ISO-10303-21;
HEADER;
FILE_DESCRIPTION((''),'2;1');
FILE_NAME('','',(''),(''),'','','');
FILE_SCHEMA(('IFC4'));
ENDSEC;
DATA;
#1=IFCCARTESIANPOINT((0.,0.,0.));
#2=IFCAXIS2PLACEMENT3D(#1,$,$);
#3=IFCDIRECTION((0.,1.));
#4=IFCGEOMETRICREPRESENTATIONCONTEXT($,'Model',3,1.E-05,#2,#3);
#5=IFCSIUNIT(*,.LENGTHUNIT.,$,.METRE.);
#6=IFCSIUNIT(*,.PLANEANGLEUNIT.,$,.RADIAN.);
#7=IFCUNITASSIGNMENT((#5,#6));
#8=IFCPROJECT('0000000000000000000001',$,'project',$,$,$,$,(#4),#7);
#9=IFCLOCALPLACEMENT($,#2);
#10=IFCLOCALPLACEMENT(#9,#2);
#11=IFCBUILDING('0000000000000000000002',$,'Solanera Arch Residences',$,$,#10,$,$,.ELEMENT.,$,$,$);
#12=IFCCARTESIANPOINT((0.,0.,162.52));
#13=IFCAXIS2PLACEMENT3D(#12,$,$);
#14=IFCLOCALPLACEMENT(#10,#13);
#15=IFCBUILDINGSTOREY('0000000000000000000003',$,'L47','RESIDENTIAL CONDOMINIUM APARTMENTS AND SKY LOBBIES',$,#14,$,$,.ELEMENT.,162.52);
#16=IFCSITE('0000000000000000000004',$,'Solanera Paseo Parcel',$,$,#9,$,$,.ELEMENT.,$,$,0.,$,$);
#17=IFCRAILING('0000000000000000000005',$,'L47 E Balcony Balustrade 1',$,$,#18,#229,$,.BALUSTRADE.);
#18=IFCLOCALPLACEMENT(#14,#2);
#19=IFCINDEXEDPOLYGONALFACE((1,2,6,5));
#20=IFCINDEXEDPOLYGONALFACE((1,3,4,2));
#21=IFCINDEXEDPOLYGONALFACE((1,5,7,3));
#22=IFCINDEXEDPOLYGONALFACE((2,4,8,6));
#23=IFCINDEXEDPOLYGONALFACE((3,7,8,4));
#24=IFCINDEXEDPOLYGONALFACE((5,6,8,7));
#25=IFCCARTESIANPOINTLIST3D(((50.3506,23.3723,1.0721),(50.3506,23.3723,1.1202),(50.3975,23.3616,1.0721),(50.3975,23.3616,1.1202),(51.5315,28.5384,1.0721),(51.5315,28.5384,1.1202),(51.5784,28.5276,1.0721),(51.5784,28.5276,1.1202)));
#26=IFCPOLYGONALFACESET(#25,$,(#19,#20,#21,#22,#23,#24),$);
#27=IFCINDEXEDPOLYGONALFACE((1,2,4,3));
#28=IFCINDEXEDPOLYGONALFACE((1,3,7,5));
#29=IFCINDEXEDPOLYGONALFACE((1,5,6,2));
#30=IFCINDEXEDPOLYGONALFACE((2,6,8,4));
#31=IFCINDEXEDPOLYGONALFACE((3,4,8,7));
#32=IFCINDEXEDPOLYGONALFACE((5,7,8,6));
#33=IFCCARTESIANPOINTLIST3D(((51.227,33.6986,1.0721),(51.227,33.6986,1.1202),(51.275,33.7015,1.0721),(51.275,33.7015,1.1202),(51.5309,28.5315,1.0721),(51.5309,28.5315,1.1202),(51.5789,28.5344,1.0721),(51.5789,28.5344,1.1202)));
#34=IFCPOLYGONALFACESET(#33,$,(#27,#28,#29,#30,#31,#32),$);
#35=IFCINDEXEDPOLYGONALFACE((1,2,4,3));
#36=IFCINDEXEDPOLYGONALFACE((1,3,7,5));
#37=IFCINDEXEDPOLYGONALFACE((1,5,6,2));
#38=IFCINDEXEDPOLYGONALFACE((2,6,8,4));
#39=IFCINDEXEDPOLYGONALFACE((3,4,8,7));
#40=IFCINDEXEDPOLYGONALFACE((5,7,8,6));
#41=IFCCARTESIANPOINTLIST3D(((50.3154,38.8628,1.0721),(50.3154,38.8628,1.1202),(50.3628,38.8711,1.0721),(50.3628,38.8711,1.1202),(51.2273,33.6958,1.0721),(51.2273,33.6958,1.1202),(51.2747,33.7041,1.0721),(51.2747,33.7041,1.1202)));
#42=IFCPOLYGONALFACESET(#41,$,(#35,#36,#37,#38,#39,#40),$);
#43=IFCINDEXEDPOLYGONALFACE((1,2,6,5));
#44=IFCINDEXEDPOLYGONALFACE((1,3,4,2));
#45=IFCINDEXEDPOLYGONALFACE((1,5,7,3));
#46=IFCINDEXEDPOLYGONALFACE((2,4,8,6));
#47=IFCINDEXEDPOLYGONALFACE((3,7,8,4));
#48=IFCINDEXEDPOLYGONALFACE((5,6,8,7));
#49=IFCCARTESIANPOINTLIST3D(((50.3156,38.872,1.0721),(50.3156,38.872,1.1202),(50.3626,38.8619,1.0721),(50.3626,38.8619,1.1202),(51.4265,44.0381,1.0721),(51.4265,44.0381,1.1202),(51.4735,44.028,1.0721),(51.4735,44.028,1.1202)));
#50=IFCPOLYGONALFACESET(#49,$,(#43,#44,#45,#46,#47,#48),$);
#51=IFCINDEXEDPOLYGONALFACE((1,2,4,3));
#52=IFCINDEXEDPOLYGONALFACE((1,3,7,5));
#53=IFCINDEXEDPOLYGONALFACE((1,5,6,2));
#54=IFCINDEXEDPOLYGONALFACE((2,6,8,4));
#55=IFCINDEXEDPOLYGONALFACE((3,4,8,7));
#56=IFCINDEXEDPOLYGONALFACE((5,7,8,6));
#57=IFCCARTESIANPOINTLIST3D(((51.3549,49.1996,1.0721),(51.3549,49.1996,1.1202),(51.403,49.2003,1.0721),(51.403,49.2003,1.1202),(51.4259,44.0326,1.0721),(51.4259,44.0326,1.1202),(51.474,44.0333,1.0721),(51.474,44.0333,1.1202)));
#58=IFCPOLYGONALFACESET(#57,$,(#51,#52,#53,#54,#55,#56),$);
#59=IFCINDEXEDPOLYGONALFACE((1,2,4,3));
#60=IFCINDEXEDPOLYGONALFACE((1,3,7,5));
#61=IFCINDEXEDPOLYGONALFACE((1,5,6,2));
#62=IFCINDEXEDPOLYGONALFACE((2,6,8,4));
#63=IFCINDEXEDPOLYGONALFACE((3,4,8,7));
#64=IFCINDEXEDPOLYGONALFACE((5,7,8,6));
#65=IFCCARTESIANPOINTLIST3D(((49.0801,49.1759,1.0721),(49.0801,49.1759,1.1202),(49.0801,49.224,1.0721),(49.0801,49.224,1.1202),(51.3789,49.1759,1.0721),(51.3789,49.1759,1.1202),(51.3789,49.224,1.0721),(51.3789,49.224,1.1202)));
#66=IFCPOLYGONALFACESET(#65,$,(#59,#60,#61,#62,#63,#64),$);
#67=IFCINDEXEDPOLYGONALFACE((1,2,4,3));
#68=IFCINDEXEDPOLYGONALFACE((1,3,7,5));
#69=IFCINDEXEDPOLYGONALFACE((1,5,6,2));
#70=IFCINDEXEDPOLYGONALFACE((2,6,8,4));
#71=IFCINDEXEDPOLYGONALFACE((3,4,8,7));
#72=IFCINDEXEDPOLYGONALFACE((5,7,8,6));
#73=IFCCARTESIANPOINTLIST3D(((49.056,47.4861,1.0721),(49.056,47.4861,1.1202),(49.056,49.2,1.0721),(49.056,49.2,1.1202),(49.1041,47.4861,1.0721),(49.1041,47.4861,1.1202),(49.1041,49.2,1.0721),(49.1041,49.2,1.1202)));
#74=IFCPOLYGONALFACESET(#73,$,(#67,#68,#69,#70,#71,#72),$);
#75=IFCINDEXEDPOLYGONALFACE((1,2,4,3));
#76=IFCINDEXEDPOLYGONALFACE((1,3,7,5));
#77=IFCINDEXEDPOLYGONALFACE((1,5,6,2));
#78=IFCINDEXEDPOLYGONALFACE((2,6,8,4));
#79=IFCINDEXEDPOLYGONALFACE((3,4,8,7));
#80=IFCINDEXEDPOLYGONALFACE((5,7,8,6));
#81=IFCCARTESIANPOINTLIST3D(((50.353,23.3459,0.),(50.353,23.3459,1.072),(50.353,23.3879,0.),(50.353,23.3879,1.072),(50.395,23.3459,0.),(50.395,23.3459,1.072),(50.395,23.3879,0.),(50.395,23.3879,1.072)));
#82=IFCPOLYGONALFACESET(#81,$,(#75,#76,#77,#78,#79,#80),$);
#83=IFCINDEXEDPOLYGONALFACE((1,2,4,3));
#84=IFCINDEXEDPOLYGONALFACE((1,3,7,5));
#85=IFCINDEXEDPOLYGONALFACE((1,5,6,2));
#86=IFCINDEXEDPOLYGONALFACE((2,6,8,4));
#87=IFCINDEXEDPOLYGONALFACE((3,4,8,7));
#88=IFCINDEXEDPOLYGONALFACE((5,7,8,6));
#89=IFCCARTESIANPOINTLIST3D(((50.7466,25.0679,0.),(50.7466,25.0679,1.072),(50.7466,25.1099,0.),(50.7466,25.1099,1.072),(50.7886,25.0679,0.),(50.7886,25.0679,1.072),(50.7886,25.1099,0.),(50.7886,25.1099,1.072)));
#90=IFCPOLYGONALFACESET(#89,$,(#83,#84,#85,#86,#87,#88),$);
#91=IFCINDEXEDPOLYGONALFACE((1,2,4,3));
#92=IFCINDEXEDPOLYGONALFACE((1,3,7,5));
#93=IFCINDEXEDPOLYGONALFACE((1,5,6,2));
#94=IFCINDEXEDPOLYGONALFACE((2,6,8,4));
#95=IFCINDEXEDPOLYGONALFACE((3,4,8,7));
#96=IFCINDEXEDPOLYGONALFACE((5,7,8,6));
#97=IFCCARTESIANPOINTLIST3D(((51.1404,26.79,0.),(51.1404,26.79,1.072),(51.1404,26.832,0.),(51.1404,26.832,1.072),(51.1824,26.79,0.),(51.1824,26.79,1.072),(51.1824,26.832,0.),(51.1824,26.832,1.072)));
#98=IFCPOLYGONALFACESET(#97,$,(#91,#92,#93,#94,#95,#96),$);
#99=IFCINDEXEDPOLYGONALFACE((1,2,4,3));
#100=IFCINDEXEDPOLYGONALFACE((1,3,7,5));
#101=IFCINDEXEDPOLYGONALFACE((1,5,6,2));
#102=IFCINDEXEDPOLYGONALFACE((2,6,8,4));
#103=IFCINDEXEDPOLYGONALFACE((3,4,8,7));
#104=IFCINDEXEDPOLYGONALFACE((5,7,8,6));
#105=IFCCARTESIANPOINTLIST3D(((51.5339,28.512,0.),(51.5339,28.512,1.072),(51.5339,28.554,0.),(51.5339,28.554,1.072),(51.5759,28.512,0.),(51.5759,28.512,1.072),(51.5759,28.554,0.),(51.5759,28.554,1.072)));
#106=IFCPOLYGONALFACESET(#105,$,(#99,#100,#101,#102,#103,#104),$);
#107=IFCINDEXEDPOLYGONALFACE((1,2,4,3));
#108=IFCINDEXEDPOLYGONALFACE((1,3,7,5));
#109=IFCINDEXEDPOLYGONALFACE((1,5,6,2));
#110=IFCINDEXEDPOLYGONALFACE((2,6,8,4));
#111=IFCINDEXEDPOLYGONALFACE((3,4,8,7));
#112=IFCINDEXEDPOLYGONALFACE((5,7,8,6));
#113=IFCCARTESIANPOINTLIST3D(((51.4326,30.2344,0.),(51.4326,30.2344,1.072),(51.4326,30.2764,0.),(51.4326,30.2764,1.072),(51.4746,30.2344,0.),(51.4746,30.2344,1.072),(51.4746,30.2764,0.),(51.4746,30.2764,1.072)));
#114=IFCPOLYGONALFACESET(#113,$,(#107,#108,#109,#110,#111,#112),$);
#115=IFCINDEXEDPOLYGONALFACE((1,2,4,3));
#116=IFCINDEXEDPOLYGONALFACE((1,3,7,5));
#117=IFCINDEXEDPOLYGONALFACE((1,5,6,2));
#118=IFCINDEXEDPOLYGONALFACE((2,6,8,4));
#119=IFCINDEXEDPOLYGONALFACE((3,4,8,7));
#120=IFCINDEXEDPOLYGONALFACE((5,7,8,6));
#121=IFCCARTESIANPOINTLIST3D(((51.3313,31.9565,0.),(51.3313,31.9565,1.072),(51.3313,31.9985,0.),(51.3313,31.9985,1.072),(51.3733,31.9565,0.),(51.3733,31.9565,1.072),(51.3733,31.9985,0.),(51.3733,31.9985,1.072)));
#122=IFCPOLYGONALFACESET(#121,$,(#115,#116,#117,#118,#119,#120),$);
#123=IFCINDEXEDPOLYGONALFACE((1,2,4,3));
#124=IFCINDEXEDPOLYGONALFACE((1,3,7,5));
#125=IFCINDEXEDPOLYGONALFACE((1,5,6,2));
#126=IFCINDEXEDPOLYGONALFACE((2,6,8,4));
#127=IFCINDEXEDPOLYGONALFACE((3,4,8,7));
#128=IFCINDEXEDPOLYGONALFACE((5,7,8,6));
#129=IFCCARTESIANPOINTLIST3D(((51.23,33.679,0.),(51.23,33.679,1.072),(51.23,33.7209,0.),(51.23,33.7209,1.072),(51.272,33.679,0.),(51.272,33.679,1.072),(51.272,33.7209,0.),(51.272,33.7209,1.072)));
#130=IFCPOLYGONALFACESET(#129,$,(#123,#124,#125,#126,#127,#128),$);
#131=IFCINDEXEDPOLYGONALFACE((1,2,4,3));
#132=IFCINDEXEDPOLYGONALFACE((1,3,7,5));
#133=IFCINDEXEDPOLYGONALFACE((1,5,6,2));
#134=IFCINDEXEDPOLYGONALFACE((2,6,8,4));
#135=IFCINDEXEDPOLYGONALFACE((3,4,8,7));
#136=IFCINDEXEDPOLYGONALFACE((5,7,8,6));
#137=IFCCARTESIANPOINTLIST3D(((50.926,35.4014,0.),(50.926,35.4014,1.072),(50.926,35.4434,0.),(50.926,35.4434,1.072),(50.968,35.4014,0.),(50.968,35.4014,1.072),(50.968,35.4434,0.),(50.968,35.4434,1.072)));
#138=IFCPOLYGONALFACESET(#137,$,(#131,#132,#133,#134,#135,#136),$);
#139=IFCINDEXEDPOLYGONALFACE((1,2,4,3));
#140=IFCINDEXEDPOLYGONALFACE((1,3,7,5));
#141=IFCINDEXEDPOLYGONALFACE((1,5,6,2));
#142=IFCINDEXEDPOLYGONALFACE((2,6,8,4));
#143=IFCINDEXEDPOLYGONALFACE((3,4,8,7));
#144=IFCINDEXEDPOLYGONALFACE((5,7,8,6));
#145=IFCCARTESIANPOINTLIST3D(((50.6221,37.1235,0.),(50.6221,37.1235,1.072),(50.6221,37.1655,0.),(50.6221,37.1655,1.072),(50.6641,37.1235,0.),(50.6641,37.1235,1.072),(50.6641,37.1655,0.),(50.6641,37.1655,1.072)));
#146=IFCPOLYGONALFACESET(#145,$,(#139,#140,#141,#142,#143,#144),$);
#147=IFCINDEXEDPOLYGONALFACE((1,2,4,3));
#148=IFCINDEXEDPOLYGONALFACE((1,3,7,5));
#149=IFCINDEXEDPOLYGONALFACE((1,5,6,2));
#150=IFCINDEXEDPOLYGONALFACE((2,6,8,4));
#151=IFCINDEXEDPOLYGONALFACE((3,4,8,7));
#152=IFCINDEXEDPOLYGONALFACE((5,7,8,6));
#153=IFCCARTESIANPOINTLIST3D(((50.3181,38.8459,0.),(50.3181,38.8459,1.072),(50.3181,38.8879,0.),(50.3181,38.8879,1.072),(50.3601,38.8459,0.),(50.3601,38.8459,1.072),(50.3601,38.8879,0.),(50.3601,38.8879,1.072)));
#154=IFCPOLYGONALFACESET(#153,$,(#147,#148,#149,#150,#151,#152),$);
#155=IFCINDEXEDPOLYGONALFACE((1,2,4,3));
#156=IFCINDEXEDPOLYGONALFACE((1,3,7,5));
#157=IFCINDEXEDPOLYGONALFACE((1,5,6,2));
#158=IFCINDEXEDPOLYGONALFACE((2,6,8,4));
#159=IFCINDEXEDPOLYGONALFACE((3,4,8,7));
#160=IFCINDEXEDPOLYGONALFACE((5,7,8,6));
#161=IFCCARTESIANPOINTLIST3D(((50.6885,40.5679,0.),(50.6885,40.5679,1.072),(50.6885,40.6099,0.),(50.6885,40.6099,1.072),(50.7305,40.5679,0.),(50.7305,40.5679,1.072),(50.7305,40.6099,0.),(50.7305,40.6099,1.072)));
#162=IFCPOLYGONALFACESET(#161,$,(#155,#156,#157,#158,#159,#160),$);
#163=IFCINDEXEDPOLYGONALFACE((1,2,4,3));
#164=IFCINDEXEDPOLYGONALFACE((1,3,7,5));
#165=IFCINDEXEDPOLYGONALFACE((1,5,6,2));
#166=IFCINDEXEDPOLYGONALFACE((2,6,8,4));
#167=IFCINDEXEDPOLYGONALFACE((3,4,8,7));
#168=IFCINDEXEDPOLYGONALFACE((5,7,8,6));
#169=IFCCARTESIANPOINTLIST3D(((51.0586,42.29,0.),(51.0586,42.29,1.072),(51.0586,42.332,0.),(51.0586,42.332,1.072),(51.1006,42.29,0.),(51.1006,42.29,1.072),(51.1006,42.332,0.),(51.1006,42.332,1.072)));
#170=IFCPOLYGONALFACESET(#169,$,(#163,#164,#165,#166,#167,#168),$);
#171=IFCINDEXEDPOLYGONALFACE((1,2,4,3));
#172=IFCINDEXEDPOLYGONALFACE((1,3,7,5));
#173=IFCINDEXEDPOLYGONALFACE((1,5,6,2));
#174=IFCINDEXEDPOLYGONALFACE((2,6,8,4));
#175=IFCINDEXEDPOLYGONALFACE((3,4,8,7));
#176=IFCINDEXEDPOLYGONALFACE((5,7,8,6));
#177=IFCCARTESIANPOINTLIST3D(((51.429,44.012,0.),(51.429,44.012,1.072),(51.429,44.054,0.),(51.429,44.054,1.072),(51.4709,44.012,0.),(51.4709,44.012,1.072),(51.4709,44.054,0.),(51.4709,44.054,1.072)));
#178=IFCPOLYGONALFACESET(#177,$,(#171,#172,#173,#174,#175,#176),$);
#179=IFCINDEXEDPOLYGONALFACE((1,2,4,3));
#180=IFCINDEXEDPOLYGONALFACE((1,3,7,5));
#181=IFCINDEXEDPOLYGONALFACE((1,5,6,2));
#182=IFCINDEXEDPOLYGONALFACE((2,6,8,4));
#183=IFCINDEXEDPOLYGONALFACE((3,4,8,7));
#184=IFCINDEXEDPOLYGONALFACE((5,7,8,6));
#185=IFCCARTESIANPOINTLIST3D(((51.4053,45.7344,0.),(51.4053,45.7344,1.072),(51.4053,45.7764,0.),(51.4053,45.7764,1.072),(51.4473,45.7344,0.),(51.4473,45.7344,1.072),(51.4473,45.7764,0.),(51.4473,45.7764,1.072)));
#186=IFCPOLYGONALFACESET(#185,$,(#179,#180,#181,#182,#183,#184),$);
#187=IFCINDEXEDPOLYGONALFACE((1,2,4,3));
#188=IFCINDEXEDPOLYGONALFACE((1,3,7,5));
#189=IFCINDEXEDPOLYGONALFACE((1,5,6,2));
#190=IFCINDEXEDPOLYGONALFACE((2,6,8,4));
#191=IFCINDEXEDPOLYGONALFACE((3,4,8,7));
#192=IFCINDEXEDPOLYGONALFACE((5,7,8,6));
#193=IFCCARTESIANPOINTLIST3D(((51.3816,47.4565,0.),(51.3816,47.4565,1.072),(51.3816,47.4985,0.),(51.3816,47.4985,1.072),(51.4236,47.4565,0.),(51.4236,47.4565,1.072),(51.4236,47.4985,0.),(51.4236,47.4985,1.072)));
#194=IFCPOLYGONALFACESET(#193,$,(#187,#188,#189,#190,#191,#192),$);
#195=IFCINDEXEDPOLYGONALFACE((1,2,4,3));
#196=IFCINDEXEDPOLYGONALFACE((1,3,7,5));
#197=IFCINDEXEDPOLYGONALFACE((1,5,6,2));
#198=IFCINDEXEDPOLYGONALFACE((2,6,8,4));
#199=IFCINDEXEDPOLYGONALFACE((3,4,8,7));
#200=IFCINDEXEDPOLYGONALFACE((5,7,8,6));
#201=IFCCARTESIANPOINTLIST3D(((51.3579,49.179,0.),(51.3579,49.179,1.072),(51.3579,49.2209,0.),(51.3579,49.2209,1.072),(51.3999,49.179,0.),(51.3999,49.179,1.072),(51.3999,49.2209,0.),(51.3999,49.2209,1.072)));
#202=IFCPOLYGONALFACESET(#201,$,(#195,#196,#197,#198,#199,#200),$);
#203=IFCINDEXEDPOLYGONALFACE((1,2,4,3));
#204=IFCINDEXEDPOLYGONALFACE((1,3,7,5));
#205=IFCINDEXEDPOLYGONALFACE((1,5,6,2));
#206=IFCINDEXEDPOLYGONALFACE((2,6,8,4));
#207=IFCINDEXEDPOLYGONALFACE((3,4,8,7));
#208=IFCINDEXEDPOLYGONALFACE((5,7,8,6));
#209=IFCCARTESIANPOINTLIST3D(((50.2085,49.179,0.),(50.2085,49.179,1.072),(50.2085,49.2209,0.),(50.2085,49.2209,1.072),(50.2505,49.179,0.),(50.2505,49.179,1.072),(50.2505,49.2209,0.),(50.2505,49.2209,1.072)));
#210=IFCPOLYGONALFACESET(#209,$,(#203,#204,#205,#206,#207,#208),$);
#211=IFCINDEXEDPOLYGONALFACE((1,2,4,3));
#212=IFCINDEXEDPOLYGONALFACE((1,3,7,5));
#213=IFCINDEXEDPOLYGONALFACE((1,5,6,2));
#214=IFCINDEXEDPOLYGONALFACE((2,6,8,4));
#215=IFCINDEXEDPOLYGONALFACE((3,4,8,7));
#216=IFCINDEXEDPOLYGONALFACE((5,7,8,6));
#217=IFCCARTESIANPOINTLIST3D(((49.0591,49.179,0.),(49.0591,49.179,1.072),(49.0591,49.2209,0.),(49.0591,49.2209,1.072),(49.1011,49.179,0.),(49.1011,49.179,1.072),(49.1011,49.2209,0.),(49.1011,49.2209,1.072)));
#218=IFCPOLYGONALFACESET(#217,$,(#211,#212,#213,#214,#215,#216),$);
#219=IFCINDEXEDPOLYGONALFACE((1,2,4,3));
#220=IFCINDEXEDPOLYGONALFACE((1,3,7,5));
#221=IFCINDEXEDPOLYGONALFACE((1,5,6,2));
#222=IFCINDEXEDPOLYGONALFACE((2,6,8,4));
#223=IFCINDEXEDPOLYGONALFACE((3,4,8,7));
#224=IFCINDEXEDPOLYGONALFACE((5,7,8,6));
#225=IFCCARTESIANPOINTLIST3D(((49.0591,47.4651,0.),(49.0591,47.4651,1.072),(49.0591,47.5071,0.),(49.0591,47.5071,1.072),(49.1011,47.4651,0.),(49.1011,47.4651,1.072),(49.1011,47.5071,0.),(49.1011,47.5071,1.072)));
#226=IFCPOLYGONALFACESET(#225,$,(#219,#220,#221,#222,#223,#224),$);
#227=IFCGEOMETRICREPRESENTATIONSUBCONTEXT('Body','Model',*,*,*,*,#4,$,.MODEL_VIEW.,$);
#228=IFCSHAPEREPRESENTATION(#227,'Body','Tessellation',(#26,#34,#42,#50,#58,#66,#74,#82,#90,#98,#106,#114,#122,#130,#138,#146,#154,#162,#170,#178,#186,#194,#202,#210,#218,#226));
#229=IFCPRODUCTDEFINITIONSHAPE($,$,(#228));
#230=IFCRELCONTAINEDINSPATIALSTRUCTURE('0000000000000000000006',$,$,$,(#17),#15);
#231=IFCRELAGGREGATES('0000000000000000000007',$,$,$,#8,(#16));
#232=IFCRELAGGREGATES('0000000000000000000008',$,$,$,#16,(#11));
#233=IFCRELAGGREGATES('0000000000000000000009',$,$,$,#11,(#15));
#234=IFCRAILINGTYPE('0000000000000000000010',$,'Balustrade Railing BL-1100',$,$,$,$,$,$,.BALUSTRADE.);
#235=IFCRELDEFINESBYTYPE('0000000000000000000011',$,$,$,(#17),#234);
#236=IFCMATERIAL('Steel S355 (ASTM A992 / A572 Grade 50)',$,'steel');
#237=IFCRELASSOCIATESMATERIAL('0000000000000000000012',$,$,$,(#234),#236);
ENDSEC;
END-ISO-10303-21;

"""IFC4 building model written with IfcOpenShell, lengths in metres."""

from ifc_helpers import new_model, si_unit, direction, frame, origin, origin_2d, place, context, subcontext, project, spatial, rectangle, extrude, material, type_object, element, save


model = new_model("IFC4")

# Units and contexts
model_context = context("Model", 3, precision=1e-05, world=origin(), true_north=direction((0.0, 1.0)))
body_context = subcontext(model_context, "Body", "Model", "MODEL_VIEW")
ifc_project = project(units=[si_unit("LENGTHUNIT", "METRE"), si_unit("PLANEANGLEUNIT", "RADIAN")], contexts=[model_context])

# Site, building, storey
site_placement = place(None, origin())
site = spatial("IfcSite", under=ifc_project, at=site_placement, Name="Solanera Paseo Parcel", CompositionType="ELEMENT", RefElevation=0.0)
building_placement = place(site_placement, origin())
building = spatial("IfcBuilding", under=site, at=building_placement, Name="Solanera Arch Residences", CompositionType="ELEMENT")
storey_placement = place(building_placement, frame((0.0, 0.0, 162.52)))
storey = spatial("IfcBuildingStorey", under=building, at=storey_placement, Name="L47", Description="RESIDENTIAL CONDOMINIUM APARTMENTS AND SKY LOBBIES", CompositionType="ELEMENT", Elevation=162.52)

# Railing
ifc_material_1 = material(Name="Steel S355 (ASTM A992 / A572 Grade 50)", Category="steel")
railing_type = type_object("IfcRailingType", Name="Balustrade Railing BL-1100", PredefinedType="BALUSTRADE", material=ifc_material_1)
railing_1_placement = place(storey_placement, frame((50.374, 23.3669, 0.0)))
element("IfcRailing", 1, at=railing_1_placement, inside=storey, type_object=railing_type, Name="L47 E Balcony Balustrade 1", PredefinedType="BALUSTRADE", context=body_context, shape_type="SweptSolid", body=[
    extrude(rectangle(XDim=0.0481, YDim=0.0481, at=origin_2d()), frame((0.0, 0.0, 1.0962), z_axis=(0.222844, 0.974854, 0.0), x_axis=(-0.974854, 0.222844, 0.0)), (0.0, 0.0, 1.0), 5.2993),
    extrude(rectangle(XDim=0.0481, YDim=0.0481, at=origin_2d()), frame((1.1809, 5.166, 1.0962), z_axis=(-0.058725, 0.998274, 0.0), x_axis=(-0.998274, -0.058725, 0.0)), (0.0, 0.0, 1.0), 5.176),
    extrude(rectangle(XDim=0.0481, YDim=0.0481, at=origin_2d()), frame((0.877, 10.333, 1.0962), z_axis=(-0.173793, 0.984782, 0.0), x_axis=(-0.984782, -0.173793, 0.0)), (0.0, 0.0, 1.0), 5.2468),
    extrude(rectangle(XDim=0.0481, YDim=0.0481, at=origin_2d()), frame((-0.0349, 15.5, 1.0962), z_axis=(0.210223, 0.977653, 0.0), x_axis=(-0.977653, 0.210223, 0.0)), (0.0, 0.0, 1.0), 5.2842),
    extrude(rectangle(XDim=0.0481, YDim=0.0481, at=origin_2d()), frame((1.0759, 20.666, 1.0962), z_axis=(-0.013748, 0.999905, 0.0), x_axis=(-0.999905, -0.013748, 0.0)), (0.0, 0.0, 1.0), 5.1675),
    extrude(rectangle(XDim=0.0481, YDim=0.0481, at=origin_2d()), frame((1.0049, 25.833, 1.0962), z_axis=(-1.0, 0.0, 0.0), x_axis=(0.0, -1.0, 0.0)), (0.0, 0.0, 1.0), 2.2988),
    extrude(rectangle(XDim=0.0481, YDim=0.0481, at=origin_2d()), frame((-1.2939, 25.833, 1.0962), z_axis=(0.0, -1.0, 0.0), x_axis=(1.0, 0.0, 0.0)), (0.0, 0.0, 1.0), 1.7139),
    extrude(rectangle(XDim=0.042, YDim=0.042, at=origin_2d()), origin(), (0.0, 0.0, 1.0), 1.072),
    extrude(rectangle(XDim=0.042, YDim=0.042, at=origin_2d()), frame((0.3936, 1.7219, 0.0)), (0.0, 0.0, 1.0), 1.072),
    extrude(rectangle(XDim=0.042, YDim=0.042, at=origin_2d()), frame((0.7874, 3.4441, 0.0)), (0.0, 0.0, 1.0), 1.072),
    extrude(rectangle(XDim=0.042, YDim=0.042, at=origin_2d()), frame((1.1809, 5.166, 0.0)), (0.0, 0.0, 1.0), 1.072),
    extrude(rectangle(XDim=0.042, YDim=0.042, at=origin_2d()), frame((1.0796, 6.8884, 0.0)), (0.0, 0.0, 1.0), 1.072),
    extrude(rectangle(XDim=0.042, YDim=0.042, at=origin_2d()), frame((0.9783, 8.6106, 0.0)), (0.0, 0.0, 1.0), 1.072),
    extrude(rectangle(XDim=0.042, YDim=0.042, at=origin_2d()), frame((0.877, 10.333, 0.0)), (0.0, 0.0, 1.0), 1.072),
    extrude(rectangle(XDim=0.042, YDim=0.042, at=origin_2d()), frame((0.573, 12.0554, 0.0)), (0.0, 0.0, 1.0), 1.072),
    extrude(rectangle(XDim=0.042, YDim=0.042, at=origin_2d()), frame((0.269, 13.7776, 0.0)), (0.0, 0.0, 1.0), 1.072),
    extrude(rectangle(XDim=0.042, YDim=0.042, at=origin_2d()), frame((-0.0349, 15.5, 0.0)), (0.0, 0.0, 1.0), 1.072),
    extrude(rectangle(XDim=0.042, YDim=0.042, at=origin_2d()), frame((0.3354, 17.2219, 0.0)), (0.0, 0.0, 1.0), 1.072),
    extrude(rectangle(XDim=0.042, YDim=0.042, at=origin_2d()), frame((0.7056, 18.9441, 0.0)), (0.0, 0.0, 1.0), 1.072),
    extrude(rectangle(XDim=0.042, YDim=0.042, at=origin_2d()), frame((1.0759, 20.666, 0.0)), (0.0, 0.0, 1.0), 1.072),
    extrude(rectangle(XDim=0.042, YDim=0.042, at=origin_2d()), frame((1.0522, 22.3884, 0.0)), (0.0, 0.0, 1.0), 1.072),
    extrude(rectangle(XDim=0.042, YDim=0.042, at=origin_2d()), frame((1.0286, 24.1106, 0.0)), (0.0, 0.0, 1.0), 1.072),
    extrude(rectangle(XDim=0.042, YDim=0.042, at=origin_2d()), frame((1.0049, 25.833, 0.0)), (0.0, 0.0, 1.0), 1.072),
    extrude(rectangle(XDim=0.042, YDim=0.042, at=origin_2d()), frame((-0.1445, 25.833, 0.0)), (0.0, 0.0, 1.0), 1.072),
    extrude(rectangle(XDim=0.042, YDim=0.042, at=origin_2d()), frame((-1.2939, 25.833, 0.0)), (0.0, 0.0, 1.0), 1.072),
    extrude(rectangle(XDim=0.042, YDim=0.042, at=origin_2d()), frame((-1.2939, 24.1191, 0.0)), (0.0, 0.0, 1.0), 1.072),
])

save(model, "model.ifc")
